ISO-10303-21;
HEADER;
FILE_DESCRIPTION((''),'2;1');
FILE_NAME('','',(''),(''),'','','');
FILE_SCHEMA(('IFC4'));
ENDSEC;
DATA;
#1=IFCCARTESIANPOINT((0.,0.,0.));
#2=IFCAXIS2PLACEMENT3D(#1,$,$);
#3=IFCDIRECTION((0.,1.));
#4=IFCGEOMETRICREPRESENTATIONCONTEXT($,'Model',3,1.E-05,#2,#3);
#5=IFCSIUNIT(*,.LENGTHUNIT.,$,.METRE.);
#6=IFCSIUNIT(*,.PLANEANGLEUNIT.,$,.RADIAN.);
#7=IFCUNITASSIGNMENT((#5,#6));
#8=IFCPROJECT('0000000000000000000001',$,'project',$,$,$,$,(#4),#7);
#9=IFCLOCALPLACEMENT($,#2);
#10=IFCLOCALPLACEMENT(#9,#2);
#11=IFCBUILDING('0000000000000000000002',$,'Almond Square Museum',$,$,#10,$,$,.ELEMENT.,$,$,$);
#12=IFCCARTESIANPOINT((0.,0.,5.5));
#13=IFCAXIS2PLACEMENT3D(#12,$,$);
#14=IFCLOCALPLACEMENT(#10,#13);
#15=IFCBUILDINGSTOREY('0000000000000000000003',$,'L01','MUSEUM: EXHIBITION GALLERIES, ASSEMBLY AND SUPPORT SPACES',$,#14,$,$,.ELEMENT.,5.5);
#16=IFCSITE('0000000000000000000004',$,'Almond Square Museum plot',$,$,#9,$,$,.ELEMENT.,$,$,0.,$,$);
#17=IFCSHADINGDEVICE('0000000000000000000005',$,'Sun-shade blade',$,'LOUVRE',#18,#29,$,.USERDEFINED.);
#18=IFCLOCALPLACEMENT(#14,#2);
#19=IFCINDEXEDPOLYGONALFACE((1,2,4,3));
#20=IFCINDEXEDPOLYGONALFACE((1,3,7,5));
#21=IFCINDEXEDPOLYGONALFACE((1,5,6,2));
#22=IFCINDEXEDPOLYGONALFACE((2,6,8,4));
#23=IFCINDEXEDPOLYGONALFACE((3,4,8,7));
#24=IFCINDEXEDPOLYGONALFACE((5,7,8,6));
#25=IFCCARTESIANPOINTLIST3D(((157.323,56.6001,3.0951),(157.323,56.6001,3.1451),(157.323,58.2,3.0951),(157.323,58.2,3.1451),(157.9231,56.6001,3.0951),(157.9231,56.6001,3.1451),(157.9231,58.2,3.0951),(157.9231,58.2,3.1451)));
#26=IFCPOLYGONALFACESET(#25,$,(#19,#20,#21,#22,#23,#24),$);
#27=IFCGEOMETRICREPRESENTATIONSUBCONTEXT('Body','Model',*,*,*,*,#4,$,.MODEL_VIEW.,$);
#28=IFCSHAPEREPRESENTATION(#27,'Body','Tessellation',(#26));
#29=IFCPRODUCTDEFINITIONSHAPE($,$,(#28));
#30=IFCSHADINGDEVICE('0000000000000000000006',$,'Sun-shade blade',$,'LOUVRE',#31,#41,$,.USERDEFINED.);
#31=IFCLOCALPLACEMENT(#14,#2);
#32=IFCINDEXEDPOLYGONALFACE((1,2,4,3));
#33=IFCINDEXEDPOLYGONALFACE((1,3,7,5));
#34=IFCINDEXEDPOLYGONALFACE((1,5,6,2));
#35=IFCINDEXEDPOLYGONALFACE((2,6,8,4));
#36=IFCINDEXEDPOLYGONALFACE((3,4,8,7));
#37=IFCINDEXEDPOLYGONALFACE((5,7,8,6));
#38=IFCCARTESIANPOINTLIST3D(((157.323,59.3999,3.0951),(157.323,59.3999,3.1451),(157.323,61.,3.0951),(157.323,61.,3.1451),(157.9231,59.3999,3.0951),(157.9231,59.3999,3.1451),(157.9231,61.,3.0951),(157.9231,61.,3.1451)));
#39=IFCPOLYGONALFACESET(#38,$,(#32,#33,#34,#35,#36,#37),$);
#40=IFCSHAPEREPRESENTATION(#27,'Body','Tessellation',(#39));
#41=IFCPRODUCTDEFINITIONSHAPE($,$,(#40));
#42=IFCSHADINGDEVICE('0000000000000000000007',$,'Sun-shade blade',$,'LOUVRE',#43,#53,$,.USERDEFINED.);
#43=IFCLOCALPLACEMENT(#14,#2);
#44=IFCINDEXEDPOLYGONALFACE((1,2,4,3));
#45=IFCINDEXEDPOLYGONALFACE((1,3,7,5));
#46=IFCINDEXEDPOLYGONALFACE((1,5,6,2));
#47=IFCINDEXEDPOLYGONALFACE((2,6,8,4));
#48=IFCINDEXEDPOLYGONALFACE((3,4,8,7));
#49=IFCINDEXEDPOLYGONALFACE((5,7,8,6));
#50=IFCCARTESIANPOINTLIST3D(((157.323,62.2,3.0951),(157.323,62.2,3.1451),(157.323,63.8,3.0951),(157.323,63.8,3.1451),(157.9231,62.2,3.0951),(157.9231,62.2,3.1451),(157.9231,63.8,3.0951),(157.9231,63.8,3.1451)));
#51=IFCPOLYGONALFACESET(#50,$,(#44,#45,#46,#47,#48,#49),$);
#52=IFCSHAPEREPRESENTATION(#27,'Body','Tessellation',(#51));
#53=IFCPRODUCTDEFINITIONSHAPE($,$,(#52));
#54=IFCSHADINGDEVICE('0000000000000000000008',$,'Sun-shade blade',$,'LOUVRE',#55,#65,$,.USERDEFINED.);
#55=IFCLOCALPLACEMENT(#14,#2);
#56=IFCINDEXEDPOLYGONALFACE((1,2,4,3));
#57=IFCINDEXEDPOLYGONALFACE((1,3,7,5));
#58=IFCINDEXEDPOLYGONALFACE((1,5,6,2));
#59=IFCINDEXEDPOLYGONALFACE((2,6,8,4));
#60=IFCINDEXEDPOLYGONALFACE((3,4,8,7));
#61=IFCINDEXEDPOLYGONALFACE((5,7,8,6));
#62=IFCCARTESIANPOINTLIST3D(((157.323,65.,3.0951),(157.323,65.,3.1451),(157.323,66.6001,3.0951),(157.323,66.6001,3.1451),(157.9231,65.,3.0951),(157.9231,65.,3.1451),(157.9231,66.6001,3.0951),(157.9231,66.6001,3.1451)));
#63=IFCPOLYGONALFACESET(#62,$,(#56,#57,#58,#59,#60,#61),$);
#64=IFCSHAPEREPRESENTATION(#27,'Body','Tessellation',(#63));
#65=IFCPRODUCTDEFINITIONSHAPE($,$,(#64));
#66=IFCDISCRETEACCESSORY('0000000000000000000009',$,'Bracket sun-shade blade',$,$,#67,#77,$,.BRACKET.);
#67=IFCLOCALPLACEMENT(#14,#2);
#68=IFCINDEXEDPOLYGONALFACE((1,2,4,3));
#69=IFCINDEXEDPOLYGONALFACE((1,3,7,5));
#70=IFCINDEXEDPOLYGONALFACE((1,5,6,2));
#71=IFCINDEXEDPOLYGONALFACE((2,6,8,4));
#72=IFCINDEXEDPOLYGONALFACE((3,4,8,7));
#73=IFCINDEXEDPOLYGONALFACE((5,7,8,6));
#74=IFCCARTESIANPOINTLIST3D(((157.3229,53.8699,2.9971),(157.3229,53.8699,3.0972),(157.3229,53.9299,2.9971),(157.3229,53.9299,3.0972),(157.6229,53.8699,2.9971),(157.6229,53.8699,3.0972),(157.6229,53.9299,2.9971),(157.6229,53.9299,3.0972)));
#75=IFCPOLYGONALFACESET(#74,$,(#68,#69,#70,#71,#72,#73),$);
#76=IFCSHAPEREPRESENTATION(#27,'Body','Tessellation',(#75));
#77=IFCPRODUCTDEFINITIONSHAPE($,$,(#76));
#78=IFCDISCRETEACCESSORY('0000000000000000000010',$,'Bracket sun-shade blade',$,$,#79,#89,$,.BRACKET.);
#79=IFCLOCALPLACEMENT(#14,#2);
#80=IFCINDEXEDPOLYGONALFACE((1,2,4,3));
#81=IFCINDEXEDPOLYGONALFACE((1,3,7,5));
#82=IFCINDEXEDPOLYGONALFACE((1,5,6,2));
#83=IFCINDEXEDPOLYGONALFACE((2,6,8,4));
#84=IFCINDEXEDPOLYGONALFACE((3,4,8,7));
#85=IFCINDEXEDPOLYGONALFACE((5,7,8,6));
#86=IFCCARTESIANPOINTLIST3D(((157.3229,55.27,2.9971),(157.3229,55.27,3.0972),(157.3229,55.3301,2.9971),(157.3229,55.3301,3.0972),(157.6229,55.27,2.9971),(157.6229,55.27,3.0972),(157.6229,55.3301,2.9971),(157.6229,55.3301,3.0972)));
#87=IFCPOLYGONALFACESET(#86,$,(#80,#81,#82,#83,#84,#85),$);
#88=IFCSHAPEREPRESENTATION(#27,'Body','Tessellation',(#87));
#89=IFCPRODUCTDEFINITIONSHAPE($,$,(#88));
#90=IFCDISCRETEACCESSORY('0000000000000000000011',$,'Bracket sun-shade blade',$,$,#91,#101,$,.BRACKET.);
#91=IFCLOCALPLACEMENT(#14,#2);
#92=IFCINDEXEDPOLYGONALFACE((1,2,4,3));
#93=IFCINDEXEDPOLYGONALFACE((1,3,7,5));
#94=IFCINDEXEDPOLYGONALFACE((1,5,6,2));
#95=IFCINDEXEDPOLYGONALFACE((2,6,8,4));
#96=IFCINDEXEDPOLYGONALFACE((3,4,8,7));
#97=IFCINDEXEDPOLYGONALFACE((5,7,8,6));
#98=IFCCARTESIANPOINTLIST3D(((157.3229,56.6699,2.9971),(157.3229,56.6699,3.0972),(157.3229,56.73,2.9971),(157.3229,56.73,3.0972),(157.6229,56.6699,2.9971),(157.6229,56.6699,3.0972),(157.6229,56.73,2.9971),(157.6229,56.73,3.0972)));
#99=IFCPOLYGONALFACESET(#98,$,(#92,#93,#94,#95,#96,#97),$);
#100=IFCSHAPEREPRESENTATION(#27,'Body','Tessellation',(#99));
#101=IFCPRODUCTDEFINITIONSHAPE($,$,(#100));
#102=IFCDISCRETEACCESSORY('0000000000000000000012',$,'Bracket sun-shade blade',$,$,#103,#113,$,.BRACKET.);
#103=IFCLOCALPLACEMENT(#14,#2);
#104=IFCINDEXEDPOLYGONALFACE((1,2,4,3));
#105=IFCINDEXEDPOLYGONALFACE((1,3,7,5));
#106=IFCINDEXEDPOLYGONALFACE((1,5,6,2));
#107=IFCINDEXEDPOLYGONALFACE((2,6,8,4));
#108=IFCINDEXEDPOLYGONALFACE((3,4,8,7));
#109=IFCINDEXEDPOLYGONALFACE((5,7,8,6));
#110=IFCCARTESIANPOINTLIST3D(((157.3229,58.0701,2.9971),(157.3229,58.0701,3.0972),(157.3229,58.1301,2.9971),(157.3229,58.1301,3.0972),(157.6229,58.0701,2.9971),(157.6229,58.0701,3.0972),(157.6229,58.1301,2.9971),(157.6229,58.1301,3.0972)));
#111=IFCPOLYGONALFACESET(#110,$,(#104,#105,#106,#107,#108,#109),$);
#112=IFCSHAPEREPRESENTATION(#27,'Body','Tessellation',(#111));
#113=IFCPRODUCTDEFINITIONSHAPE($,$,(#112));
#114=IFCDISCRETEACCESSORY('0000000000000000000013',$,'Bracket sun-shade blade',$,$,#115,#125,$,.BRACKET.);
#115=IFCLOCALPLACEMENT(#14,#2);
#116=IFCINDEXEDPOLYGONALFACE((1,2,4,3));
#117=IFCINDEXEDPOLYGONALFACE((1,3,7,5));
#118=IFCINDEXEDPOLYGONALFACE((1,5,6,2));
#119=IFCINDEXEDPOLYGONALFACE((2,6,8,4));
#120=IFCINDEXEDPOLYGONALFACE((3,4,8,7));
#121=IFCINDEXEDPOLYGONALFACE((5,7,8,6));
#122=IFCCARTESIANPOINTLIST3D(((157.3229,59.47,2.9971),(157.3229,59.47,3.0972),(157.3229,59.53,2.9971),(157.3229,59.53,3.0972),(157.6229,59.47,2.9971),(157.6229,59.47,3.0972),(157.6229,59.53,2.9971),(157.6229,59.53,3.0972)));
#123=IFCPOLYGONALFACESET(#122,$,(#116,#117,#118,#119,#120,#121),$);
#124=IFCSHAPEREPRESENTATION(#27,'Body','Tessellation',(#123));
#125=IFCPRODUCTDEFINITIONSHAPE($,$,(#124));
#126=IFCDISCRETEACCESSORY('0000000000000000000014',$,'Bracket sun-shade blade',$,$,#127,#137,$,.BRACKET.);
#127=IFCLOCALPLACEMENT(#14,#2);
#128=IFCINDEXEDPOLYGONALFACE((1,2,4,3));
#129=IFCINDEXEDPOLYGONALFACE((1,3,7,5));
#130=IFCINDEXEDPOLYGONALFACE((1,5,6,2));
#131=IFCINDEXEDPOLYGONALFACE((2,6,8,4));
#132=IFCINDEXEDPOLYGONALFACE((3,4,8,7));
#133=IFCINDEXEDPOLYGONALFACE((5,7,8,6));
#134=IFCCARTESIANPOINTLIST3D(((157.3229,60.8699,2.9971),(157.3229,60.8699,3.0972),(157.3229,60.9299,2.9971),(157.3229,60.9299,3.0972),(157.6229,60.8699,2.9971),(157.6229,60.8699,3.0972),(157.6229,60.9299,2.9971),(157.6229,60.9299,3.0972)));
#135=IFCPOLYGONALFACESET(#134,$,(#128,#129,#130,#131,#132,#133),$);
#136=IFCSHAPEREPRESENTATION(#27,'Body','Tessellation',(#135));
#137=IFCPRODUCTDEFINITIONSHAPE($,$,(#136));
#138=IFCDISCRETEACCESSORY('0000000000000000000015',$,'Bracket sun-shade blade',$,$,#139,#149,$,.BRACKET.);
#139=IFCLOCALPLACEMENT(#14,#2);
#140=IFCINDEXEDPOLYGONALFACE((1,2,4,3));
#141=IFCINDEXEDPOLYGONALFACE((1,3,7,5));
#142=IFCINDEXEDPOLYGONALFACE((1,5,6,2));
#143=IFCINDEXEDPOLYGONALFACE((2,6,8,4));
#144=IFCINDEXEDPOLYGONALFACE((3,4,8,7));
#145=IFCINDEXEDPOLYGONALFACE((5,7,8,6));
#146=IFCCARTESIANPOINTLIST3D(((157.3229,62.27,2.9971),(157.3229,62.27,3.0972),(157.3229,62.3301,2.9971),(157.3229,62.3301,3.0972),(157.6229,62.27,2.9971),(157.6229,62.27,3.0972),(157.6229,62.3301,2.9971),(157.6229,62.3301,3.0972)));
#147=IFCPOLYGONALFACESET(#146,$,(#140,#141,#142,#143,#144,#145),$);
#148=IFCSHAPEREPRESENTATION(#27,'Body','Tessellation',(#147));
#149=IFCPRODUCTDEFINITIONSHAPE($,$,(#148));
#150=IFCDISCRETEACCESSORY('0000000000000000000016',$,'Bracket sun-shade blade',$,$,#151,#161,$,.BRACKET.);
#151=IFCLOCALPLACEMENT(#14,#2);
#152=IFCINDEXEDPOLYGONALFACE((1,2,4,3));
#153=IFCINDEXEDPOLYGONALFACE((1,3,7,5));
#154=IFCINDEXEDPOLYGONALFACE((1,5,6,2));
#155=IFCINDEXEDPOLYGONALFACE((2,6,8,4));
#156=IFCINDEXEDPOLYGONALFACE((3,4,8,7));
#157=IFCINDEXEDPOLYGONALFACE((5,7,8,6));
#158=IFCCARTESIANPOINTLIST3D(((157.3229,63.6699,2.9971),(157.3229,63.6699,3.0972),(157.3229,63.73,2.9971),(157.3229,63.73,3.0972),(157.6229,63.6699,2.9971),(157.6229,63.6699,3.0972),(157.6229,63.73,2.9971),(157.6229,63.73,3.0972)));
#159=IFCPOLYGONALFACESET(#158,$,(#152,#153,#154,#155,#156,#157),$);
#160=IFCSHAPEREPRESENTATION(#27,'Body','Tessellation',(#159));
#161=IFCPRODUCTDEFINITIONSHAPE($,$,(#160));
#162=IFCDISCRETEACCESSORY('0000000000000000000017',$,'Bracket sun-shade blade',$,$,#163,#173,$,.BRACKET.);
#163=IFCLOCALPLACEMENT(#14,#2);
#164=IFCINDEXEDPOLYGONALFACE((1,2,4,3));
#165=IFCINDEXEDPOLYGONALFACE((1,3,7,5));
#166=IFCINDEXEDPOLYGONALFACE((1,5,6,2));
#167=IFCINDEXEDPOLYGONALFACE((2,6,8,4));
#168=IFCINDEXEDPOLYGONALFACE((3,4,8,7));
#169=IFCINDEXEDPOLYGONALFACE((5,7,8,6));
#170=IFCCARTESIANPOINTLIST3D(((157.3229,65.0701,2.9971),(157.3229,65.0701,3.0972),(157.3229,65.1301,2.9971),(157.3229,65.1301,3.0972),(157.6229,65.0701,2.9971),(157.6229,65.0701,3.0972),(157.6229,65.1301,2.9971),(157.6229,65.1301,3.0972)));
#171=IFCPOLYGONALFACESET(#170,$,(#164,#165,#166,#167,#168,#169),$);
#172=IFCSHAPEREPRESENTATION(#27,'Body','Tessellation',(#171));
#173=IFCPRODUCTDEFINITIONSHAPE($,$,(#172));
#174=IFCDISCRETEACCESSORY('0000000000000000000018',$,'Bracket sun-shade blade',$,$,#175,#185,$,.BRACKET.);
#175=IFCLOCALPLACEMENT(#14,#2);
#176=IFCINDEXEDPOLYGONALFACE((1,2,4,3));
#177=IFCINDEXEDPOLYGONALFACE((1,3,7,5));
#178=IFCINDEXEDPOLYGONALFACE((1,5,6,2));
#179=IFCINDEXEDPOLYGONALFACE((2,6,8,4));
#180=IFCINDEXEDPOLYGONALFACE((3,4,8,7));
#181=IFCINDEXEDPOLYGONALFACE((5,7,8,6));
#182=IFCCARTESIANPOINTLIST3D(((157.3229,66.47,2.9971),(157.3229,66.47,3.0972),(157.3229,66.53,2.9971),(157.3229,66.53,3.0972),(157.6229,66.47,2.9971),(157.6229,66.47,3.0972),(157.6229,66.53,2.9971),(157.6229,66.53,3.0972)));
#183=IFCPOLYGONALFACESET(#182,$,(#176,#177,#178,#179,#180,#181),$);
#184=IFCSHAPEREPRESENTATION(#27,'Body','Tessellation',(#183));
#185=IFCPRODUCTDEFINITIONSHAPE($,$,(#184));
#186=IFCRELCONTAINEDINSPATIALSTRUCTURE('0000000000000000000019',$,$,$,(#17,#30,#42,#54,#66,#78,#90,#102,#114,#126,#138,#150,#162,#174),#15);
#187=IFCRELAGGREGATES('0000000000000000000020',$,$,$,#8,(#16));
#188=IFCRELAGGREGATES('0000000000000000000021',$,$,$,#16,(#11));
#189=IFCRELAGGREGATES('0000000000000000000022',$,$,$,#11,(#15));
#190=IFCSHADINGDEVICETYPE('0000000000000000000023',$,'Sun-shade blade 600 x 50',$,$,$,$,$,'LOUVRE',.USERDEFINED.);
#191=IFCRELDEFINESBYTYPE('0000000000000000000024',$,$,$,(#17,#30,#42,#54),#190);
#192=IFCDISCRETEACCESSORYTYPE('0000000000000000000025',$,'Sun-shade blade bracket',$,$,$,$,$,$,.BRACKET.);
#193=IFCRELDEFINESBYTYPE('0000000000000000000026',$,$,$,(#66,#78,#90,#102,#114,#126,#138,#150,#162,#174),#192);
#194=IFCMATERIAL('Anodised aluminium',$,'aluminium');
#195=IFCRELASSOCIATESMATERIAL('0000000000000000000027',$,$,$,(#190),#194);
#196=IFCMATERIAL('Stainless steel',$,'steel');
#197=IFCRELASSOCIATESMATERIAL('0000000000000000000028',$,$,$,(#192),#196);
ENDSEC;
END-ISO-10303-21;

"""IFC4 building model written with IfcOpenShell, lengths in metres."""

from ifc_helpers import new_model, si_unit, direction, frame, origin, origin_2d, place, context, subcontext, project, spatial, rectangle, extrude, material, material_profile, profile_set, type_object, element, save


model = new_model("IFC4")

# Units and contexts
model_context = context("Model", 3, precision=1e-05, world=origin(), true_north=direction((0.0, 1.0)))
body_context = subcontext(model_context, "Body", "Model", "MODEL_VIEW")
ifc_project = project(units=[si_unit("LENGTHUNIT", "METRE"), si_unit("PLANEANGLEUNIT", "RADIAN")], contexts=[model_context])

# Site, building, storey
site_placement = place(None, origin())
site = spatial("IfcSite", under=ifc_project, at=site_placement, Name="Almond Square Museum plot", CompositionType="ELEMENT", RefElevation=0.0)
building_placement = place(site_placement, origin())
building = spatial("IfcBuilding", under=site, at=building_placement, Name="Almond Square Museum", CompositionType="ELEMENT")
storey_placement = place(building_placement, frame((0.0, 0.0, 5.5)))
storey = spatial("IfcBuildingStorey", under=building, at=storey_placement, Name="L01", Description="MUSEUM: EXHIBITION GALLERIES, ASSEMBLY AND SUPPORT SPACES", CompositionType="ELEMENT", Elevation=5.5)

# Shading devices
ifc_material_1 = material(Name="Anodised aluminium", Category="aluminium")
ifc_material_profile_1 = material_profile(ifc_material_1, rectangle(XDim=0.6001, YDim=0.05, at=origin_2d()))
ifc_profile_set_1 = profile_set([ifc_material_profile_1], Name="Anodised aluminium")
shading_device_type = type_object("IfcShadingDeviceType", Name="Sun-shade blade 600 x 50", ElementType="LOUVRE", PredefinedType="USERDEFINED", material=ifc_profile_set_1)
for number, where, z_axis, x_axis, name in (
    (1, (157.623, 56.6001, 3.1201), (0.0, 1.0, 0.0), (-1.0, 0.0, 0.0), "Sun-shade blade"),
):
    element("IfcShadingDevice", number, at=place(storey_placement, frame(where, z_axis=z_axis, x_axis=x_axis)), inside=storey, type_object=shading_device_type, Name=name, ObjectType="LOUVRE", PredefinedType="USERDEFINED", context=body_context, shape_type="SweptSolid", body=[
        extrude(rectangle(XDim=0.6001, YDim=0.05, at=origin_2d()), origin(), (0.0, 0.0, 1.0), 1.5999),
    ])
for number, where, z_axis, x_axis, name in (
    (2, (157.623, 59.3999, 3.1201), (0.0, 1.0, 0.0), (-1.0, 0.0, 0.0), "Sun-shade blade"),
    (3, (157.623, 62.2, 3.1201), (0.0, 1.0, 0.0), (-1.0, 0.0, 0.0), "Sun-shade blade"),
    (4, (157.623, 65.0, 3.1201), (0.0, 1.0, 0.0), (-1.0, 0.0, 0.0), "Sun-shade blade"),
):
    element("IfcShadingDevice", number, at=place(storey_placement, frame(where, z_axis=z_axis, x_axis=x_axis)), inside=storey, type_object=shading_device_type, Name=name, ObjectType="LOUVRE", PredefinedType="USERDEFINED", context=body_context, shape_type="SweptSolid", body=[
        extrude(rectangle(XDim=0.6001, YDim=0.05, at=origin_2d()), origin(), (0.0, 0.0, 1.0), 1.6001),
    ])

# Discrete accessories
ifc_material_2 = material(Name="Stainless steel", Category="steel")
discrete_accessory_type = type_object("IfcDiscreteAccessoryType", Name="Sun-shade blade bracket", PredefinedType="BRACKET", material=ifc_material_2)
for number, where, z_axis, x_axis, name in (
    (5, (157.4729, 53.8999, 2.9971), (0.0, 0.0, 1.0), (1.0, 0.0, 0.0), "Bracket sun-shade blade"),
    (6, (157.4729, 55.3, 2.9971), (0.0, 0.0, 1.0), (1.0, 0.0, 0.0), "Bracket sun-shade blade"),
    (7, (157.4729, 56.7, 2.9971), (0.0, 0.0, 1.0), (1.0, 0.0, 0.0), "Bracket sun-shade blade"),
    (8, (157.4729, 58.1001, 2.9971), (0.0, 0.0, 1.0), (1.0, 0.0, 0.0), "Bracket sun-shade blade"),
    (9, (157.4729, 59.5, 2.9971), (0.0, 0.0, 1.0), (1.0, 0.0, 0.0), "Bracket sun-shade blade"),
    (10, (157.4729, 60.8999, 2.9971), (0.0, 0.0, 1.0), (1.0, 0.0, 0.0), "Bracket sun-shade blade"),
    (11, (157.4729, 62.3, 2.9971), (0.0, 0.0, 1.0), (1.0, 0.0, 0.0), "Bracket sun-shade blade"),
    (12, (157.4729, 63.7, 2.9971), (0.0, 0.0, 1.0), (1.0, 0.0, 0.0), "Bracket sun-shade blade"),
    (13, (157.4729, 65.1001, 2.9971), (0.0, 0.0, 1.0), (1.0, 0.0, 0.0), "Bracket sun-shade blade"),
    (14, (157.4729, 66.5, 2.9971), (0.0, 0.0, 1.0), (1.0, 0.0, 0.0), "Bracket sun-shade blade"),
):
    element("IfcDiscreteAccessory", number, at=place(storey_placement, frame(where, z_axis=z_axis, x_axis=x_axis)), inside=storey, type_object=discrete_accessory_type, Name=name, PredefinedType="BRACKET", context=body_context, shape_type="SweptSolid", body=[
        extrude(rectangle(XDim=0.3, YDim=0.0601, at=origin_2d()), origin(), (0.0, 0.0, 1.0), 0.1001),
    ])

save(model, "model.ifc")
